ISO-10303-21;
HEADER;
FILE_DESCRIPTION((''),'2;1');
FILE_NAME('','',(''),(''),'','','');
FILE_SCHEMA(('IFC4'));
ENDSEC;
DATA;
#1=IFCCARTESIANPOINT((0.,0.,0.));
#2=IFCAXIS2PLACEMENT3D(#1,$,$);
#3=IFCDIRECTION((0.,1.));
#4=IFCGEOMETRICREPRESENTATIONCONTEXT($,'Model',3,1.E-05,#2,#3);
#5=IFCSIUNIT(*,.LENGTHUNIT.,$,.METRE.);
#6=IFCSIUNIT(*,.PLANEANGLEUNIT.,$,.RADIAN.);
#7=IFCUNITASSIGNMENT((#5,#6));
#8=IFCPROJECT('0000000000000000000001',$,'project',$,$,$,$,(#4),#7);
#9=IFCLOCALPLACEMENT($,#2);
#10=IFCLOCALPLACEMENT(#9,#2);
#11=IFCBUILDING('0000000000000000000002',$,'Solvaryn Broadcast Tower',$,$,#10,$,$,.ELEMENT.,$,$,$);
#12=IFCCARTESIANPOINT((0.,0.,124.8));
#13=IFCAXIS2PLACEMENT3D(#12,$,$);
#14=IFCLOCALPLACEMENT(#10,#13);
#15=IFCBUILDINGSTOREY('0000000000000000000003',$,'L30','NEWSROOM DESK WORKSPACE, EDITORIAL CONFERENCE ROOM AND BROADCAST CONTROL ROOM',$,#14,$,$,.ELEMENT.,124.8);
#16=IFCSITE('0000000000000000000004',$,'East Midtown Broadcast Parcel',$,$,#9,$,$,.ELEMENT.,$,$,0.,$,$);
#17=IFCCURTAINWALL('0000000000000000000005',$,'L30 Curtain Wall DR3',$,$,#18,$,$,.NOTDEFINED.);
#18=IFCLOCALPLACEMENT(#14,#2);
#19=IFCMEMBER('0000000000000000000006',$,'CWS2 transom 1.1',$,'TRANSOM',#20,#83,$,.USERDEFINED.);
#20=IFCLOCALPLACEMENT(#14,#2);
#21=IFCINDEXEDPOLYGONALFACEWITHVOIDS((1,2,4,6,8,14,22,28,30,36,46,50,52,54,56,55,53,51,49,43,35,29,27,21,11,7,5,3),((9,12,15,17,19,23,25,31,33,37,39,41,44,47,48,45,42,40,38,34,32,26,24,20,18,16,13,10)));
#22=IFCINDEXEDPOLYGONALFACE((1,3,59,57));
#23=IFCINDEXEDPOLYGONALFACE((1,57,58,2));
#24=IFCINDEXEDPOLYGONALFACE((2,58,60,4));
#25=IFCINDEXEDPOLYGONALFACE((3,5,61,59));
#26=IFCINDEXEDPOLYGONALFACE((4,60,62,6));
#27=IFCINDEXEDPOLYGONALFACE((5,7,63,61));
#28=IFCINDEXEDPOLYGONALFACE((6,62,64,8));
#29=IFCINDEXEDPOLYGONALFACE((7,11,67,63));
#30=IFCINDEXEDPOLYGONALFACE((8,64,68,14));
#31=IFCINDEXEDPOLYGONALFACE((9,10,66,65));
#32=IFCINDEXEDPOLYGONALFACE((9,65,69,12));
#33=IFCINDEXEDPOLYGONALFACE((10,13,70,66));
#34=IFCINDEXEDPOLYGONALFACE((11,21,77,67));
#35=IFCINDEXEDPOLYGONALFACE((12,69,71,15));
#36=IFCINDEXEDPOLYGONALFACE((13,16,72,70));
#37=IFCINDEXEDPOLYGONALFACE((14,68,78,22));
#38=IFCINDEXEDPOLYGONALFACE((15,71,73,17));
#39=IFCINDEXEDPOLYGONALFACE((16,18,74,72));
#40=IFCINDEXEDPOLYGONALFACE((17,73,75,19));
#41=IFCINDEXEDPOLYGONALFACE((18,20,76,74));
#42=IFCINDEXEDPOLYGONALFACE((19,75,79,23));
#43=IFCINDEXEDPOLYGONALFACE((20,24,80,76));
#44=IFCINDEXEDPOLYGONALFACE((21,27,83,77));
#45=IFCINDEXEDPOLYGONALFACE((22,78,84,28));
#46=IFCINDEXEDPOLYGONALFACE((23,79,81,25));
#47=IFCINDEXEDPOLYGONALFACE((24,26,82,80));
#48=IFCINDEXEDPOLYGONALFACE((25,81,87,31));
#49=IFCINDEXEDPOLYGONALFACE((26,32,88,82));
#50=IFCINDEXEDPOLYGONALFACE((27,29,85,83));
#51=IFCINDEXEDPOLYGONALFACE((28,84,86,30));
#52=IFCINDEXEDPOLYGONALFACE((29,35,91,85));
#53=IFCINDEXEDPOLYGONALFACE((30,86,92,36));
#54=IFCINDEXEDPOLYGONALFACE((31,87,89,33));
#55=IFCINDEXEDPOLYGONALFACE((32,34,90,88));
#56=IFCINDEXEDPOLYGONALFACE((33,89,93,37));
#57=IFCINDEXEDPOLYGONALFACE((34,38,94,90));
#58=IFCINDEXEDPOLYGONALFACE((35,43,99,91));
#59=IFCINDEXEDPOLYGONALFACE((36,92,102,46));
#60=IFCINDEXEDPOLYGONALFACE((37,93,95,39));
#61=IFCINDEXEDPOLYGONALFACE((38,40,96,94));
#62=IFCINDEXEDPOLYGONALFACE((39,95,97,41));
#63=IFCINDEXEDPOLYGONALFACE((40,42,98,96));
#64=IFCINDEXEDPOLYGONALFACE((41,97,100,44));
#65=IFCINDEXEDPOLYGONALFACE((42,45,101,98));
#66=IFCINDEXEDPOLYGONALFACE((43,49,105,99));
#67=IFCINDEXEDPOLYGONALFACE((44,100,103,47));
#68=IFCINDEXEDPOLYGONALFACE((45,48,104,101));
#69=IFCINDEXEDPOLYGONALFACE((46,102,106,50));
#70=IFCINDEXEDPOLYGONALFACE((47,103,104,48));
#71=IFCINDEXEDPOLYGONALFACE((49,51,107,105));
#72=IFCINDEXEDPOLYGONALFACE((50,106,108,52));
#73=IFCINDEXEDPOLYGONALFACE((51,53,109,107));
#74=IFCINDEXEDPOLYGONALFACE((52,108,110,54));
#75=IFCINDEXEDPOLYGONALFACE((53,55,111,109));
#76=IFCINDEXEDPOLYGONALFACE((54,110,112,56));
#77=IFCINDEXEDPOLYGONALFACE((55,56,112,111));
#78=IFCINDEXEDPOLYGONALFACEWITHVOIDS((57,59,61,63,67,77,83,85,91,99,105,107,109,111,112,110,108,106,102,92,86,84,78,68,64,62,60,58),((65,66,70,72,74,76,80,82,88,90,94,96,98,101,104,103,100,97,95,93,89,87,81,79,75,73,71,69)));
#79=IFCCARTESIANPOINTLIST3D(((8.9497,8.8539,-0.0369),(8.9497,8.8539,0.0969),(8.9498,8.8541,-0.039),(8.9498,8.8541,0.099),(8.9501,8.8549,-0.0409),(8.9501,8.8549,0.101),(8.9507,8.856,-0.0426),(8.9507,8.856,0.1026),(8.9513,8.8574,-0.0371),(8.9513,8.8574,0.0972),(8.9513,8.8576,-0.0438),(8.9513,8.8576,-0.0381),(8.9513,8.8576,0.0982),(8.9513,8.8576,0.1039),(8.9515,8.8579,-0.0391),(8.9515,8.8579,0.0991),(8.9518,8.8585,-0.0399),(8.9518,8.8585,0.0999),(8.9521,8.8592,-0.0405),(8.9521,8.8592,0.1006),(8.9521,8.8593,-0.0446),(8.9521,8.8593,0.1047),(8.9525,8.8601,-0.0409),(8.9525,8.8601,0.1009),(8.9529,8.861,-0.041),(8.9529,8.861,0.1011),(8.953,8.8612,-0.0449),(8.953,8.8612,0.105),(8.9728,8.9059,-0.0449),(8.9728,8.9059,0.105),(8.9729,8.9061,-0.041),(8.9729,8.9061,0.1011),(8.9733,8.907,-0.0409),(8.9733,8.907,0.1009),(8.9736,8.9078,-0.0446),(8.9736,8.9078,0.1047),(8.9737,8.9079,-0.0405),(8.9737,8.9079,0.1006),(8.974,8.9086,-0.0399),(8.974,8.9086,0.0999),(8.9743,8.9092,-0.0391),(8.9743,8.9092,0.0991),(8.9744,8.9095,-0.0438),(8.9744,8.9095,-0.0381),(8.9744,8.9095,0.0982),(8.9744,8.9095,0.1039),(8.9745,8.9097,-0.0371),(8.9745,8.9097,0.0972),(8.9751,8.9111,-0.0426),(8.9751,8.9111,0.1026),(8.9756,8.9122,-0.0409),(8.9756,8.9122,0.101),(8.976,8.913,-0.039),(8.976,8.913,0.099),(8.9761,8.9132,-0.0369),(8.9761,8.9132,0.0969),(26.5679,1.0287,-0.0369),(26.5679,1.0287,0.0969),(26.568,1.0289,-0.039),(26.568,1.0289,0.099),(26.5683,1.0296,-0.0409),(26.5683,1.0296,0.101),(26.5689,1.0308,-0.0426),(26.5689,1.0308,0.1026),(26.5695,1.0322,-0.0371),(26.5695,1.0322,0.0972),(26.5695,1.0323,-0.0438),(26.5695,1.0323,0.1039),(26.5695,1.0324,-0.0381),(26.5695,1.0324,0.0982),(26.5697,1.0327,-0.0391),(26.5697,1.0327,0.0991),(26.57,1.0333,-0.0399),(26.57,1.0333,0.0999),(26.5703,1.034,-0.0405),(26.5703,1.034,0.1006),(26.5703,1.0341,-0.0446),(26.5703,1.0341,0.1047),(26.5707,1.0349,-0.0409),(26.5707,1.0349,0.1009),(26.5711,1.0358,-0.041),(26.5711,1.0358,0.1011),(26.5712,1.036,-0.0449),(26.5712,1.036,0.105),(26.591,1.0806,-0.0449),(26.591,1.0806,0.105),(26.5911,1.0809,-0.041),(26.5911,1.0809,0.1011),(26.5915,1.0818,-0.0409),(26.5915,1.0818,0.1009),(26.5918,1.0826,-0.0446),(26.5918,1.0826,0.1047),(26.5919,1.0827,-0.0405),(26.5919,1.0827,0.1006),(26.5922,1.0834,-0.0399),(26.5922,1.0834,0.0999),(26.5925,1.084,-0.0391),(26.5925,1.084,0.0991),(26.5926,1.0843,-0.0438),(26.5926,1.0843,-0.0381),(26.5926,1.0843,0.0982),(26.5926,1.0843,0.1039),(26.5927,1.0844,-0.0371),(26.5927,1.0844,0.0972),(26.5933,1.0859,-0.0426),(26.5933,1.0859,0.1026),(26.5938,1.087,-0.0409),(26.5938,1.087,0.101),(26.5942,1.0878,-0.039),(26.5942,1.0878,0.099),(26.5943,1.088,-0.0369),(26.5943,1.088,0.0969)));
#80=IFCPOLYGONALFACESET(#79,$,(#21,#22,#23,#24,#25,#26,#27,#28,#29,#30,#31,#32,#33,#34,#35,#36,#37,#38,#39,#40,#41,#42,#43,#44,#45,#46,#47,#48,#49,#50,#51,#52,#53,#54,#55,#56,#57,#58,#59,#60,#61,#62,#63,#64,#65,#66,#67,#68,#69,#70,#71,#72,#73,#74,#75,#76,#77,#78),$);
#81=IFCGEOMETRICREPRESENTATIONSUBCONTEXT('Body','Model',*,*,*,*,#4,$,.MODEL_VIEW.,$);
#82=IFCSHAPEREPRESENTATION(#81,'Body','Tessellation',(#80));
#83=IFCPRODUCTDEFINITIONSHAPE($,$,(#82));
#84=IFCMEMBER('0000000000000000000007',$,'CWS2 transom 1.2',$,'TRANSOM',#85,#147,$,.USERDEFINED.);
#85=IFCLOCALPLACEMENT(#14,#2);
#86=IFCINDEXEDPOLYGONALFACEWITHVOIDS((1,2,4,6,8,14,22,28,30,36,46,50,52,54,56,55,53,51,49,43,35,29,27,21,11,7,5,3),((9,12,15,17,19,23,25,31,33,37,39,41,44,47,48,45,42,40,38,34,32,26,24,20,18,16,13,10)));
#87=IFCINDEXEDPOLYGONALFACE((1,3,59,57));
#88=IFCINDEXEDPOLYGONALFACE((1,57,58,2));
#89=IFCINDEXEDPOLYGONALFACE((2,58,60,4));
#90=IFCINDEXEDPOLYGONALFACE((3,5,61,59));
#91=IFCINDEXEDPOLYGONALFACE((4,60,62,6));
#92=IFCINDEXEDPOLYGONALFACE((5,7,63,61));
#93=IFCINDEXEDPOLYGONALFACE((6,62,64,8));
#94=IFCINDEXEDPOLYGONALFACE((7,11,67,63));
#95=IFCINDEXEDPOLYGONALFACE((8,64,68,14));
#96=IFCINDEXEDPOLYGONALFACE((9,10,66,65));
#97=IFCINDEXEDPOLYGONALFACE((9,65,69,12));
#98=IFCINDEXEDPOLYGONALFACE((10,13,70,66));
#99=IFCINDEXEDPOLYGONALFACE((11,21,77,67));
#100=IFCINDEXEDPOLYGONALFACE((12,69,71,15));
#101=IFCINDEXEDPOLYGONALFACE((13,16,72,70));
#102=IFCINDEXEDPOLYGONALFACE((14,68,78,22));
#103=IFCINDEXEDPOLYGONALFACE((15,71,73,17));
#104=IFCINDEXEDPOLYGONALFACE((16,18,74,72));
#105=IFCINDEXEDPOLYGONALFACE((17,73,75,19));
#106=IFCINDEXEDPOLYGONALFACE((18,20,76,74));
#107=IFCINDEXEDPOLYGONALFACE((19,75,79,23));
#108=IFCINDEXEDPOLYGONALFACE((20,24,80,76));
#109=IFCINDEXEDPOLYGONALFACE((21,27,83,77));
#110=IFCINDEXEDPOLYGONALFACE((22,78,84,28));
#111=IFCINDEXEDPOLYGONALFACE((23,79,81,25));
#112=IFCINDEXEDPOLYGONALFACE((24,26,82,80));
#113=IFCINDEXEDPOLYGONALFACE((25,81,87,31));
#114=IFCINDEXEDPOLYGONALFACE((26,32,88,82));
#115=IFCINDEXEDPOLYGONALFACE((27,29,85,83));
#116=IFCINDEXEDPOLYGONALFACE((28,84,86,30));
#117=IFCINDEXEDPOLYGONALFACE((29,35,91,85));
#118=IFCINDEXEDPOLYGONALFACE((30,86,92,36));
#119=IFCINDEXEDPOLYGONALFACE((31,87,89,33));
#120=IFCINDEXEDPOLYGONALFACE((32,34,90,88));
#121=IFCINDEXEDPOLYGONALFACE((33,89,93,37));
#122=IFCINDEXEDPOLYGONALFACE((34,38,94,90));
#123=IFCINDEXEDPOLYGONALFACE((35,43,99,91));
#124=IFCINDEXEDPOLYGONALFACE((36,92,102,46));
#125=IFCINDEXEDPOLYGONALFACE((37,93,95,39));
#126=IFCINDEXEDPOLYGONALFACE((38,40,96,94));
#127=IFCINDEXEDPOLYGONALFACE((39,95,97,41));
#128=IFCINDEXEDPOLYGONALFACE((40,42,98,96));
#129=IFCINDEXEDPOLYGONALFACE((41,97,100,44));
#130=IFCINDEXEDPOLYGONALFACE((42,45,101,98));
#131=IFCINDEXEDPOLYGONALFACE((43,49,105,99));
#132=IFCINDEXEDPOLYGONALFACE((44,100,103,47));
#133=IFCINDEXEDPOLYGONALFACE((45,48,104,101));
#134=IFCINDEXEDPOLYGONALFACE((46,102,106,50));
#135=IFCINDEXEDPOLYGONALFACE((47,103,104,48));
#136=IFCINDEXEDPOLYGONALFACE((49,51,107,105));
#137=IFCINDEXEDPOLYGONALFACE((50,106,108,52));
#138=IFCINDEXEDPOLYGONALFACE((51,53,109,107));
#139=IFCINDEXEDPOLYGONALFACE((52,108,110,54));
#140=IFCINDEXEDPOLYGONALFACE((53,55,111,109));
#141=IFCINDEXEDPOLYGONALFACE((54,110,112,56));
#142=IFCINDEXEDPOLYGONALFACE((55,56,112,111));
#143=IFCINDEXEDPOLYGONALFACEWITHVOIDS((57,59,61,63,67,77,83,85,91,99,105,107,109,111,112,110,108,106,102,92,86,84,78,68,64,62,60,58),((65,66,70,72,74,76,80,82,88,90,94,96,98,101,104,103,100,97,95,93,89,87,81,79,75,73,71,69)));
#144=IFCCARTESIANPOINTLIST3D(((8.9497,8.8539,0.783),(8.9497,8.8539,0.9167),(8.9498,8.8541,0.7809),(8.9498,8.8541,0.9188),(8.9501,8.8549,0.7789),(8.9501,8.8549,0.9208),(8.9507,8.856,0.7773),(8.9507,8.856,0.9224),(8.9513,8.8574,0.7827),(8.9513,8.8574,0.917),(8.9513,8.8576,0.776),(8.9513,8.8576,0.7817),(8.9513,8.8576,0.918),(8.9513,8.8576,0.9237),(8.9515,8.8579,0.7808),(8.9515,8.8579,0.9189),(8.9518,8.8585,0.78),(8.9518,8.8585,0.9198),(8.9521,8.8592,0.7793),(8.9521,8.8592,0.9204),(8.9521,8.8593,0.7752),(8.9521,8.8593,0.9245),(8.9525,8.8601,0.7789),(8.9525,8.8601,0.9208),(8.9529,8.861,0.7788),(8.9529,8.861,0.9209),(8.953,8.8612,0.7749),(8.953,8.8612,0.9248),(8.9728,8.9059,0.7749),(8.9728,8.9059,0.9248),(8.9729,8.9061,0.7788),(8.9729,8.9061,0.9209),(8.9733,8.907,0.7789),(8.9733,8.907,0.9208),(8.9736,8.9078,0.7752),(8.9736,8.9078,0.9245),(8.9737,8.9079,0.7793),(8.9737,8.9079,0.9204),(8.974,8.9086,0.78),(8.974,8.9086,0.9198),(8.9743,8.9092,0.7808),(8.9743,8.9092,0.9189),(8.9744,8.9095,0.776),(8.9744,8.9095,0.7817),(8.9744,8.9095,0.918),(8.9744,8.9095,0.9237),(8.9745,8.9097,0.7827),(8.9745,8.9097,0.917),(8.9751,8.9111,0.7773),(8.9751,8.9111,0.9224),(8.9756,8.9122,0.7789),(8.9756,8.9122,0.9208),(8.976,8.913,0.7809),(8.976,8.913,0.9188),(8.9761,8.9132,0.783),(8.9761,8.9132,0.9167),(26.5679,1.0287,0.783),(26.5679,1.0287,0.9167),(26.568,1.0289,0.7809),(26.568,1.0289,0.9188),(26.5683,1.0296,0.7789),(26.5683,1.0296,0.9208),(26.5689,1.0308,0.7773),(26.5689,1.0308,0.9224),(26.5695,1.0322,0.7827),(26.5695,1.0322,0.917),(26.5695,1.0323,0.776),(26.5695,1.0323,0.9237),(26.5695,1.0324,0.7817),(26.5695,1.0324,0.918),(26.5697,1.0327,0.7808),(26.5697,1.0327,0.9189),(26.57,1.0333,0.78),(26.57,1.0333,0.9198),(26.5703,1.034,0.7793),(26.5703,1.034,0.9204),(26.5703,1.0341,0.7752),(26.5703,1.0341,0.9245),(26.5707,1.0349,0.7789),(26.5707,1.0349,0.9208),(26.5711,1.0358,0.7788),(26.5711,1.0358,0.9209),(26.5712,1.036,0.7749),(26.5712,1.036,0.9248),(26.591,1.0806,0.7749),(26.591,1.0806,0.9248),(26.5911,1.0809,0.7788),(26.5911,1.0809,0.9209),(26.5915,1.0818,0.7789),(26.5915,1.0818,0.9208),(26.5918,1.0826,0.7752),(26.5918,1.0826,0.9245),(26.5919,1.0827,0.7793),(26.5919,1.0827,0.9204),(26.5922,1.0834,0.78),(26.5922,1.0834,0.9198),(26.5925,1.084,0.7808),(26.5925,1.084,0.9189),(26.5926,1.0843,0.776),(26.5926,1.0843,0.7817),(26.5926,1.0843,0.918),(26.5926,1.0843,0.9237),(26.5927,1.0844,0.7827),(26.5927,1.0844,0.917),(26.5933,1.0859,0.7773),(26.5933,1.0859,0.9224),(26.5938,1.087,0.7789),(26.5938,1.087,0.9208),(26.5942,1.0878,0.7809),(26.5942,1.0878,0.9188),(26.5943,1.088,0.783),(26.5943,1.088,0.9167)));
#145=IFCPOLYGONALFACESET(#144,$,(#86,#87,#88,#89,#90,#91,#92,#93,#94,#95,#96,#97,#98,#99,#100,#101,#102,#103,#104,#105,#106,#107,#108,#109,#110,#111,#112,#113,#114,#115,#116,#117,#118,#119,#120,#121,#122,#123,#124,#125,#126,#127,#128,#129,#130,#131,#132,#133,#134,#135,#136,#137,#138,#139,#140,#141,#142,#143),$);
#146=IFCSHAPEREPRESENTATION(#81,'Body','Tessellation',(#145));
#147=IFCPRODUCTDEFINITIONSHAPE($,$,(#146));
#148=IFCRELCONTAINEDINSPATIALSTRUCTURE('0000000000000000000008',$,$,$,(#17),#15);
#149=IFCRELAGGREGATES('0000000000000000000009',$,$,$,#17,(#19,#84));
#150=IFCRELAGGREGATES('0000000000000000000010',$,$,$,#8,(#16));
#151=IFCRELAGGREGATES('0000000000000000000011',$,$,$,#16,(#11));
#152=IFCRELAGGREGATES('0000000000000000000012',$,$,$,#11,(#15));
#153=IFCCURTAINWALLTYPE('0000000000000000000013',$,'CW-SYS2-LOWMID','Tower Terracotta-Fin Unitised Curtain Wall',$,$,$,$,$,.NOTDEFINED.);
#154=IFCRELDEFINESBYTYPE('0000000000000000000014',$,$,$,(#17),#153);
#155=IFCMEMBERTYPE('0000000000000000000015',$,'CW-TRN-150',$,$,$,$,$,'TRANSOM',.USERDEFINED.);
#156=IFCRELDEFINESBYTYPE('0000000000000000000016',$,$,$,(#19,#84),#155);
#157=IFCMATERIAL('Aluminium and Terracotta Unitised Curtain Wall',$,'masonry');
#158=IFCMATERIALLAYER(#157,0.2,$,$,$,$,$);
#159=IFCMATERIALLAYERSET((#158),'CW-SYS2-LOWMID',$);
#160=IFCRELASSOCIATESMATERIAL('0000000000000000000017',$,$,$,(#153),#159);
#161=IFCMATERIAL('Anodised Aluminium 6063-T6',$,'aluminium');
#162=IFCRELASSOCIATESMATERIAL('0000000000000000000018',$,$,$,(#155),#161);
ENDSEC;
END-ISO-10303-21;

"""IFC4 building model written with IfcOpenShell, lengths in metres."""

from ifc_helpers import new_model, si_unit, direction, frame, origin, origin_2d, place, context, subcontext, project, spatial, hollow_rectangle, extrude, material, layer, layer_set, material_profile, profile_set, type_object, element, aggregate, save


model = new_model("IFC4")

# Units and contexts
model_context = context("Model", 3, precision=1e-05, world=origin(), true_north=direction((0.0, 1.0)))
body_context = subcontext(model_context, "Body", "Model", "MODEL_VIEW")
ifc_project = project(units=[si_unit("LENGTHUNIT", "METRE"), si_unit("PLANEANGLEUNIT", "RADIAN")], contexts=[model_context])

# Site, building, storey
site_placement = place(None, origin())
site = spatial("IfcSite", under=ifc_project, at=site_placement, Name="East Midtown Broadcast Parcel", CompositionType="ELEMENT", RefElevation=0.0)
building_placement = place(site_placement, origin())
building = spatial("IfcBuilding", under=site, at=building_placement, Name="Solvaryn Broadcast Tower", CompositionType="ELEMENT")
storey_placement = place(building_placement, frame((0.0, 0.0, 124.8)))
storey = spatial("IfcBuildingStorey", under=building, at=storey_placement, Name="L30", Description="NEWSROOM DESK WORKSPACE, EDITORIAL CONFERENCE ROOM AND BROADCAST CONTROL ROOM", CompositionType="ELEMENT", Elevation=124.8)

# Shared definitions
ifc_material_1 = material(Name="Aluminium and Terracotta Unitised Curtain Wall", Category="masonry")
ifc_layer_1 = layer(ifc_material_1, 0.2)
ifc_layer_set_1 = layer_set([ifc_layer_1], Name="CW-SYS2-LOWMID")
curtain_wall_type = type_object("IfcCurtainWallType", Name="CW-SYS2-LOWMID", Description="Tower Terracotta-Fin Unitised Curtain Wall", PredefinedType="NOTDEFINED", material=ifc_layer_set_1)

# Curtain wall, members
curtain_wall_1_placement = place(storey_placement, origin())
curtain_wall_1 = element("IfcCurtainWall", 1, at=curtain_wall_1_placement, inside=storey, type_object=curtain_wall_type, Name="L30 Curtain Wall DR3", PredefinedType="NOTDEFINED")
ifc_material_2 = material(Name="Anodised Aluminium 6063-T6", Category="aluminium")
ifc_material_profile_1 = material_profile(ifc_material_2, hollow_rectangle(XDim=0.0649, YDim=0.1499, WallThickness=0.0039, InnerFilletRadius=0.0039, OuterFilletRadius=0.0081, at=origin_2d()))
ifc_profile_set_1 = profile_set([ifc_material_profile_1], Name="Anodised Aluminium 6063-T6")
member_type_1 = type_object("IfcMemberType", Name="CW-TRN-150", ElementType="TRANSOM", PredefinedType="USERDEFINED", material=ifc_profile_set_1)
member_1_placement = place(storey_placement, frame((8.9629, 8.8835, 0.03), z_axis=(0.91391, -0.405918, 0.0), x_axis=(0.405918, 0.91391, 0.0)))
member_1 = element("IfcMember", 2, at=member_1_placement, type_object=member_type_1, Name="CWS2 transom 1.1", ObjectType="TRANSOM", PredefinedType="USERDEFINED", context=body_context, shape_type="SweptSolid", body=[
    extrude(hollow_rectangle(XDim=0.0649, YDim=0.1499, WallThickness=0.0039, InnerFilletRadius=0.0039, OuterFilletRadius=0.0081, at=origin_2d()), origin(), (0.0, 0.0, 1.0), 19.2778),
])
member_2_placement = place(storey_placement, frame((8.9629, 8.8835, 0.8499), z_axis=(0.91391, -0.405918, 0.0), x_axis=(0.405918, 0.91391, 0.0)))
member_2 = element("IfcMember", 3, at=member_2_placement, type_object=member_type_1, Name="CWS2 transom 1.2", ObjectType="TRANSOM", PredefinedType="USERDEFINED", context=body_context, shape_type="SweptSolid", body=[
    extrude(hollow_rectangle(XDim=0.0649, YDim=0.1499, WallThickness=0.0039, InnerFilletRadius=0.0039, OuterFilletRadius=0.0081, at=origin_2d()), origin(), (0.0, 0.0, 1.0), 19.2778),
])
aggregate(curtain_wall_1, [member_1, member_2])

save(model, "model.ifc")
